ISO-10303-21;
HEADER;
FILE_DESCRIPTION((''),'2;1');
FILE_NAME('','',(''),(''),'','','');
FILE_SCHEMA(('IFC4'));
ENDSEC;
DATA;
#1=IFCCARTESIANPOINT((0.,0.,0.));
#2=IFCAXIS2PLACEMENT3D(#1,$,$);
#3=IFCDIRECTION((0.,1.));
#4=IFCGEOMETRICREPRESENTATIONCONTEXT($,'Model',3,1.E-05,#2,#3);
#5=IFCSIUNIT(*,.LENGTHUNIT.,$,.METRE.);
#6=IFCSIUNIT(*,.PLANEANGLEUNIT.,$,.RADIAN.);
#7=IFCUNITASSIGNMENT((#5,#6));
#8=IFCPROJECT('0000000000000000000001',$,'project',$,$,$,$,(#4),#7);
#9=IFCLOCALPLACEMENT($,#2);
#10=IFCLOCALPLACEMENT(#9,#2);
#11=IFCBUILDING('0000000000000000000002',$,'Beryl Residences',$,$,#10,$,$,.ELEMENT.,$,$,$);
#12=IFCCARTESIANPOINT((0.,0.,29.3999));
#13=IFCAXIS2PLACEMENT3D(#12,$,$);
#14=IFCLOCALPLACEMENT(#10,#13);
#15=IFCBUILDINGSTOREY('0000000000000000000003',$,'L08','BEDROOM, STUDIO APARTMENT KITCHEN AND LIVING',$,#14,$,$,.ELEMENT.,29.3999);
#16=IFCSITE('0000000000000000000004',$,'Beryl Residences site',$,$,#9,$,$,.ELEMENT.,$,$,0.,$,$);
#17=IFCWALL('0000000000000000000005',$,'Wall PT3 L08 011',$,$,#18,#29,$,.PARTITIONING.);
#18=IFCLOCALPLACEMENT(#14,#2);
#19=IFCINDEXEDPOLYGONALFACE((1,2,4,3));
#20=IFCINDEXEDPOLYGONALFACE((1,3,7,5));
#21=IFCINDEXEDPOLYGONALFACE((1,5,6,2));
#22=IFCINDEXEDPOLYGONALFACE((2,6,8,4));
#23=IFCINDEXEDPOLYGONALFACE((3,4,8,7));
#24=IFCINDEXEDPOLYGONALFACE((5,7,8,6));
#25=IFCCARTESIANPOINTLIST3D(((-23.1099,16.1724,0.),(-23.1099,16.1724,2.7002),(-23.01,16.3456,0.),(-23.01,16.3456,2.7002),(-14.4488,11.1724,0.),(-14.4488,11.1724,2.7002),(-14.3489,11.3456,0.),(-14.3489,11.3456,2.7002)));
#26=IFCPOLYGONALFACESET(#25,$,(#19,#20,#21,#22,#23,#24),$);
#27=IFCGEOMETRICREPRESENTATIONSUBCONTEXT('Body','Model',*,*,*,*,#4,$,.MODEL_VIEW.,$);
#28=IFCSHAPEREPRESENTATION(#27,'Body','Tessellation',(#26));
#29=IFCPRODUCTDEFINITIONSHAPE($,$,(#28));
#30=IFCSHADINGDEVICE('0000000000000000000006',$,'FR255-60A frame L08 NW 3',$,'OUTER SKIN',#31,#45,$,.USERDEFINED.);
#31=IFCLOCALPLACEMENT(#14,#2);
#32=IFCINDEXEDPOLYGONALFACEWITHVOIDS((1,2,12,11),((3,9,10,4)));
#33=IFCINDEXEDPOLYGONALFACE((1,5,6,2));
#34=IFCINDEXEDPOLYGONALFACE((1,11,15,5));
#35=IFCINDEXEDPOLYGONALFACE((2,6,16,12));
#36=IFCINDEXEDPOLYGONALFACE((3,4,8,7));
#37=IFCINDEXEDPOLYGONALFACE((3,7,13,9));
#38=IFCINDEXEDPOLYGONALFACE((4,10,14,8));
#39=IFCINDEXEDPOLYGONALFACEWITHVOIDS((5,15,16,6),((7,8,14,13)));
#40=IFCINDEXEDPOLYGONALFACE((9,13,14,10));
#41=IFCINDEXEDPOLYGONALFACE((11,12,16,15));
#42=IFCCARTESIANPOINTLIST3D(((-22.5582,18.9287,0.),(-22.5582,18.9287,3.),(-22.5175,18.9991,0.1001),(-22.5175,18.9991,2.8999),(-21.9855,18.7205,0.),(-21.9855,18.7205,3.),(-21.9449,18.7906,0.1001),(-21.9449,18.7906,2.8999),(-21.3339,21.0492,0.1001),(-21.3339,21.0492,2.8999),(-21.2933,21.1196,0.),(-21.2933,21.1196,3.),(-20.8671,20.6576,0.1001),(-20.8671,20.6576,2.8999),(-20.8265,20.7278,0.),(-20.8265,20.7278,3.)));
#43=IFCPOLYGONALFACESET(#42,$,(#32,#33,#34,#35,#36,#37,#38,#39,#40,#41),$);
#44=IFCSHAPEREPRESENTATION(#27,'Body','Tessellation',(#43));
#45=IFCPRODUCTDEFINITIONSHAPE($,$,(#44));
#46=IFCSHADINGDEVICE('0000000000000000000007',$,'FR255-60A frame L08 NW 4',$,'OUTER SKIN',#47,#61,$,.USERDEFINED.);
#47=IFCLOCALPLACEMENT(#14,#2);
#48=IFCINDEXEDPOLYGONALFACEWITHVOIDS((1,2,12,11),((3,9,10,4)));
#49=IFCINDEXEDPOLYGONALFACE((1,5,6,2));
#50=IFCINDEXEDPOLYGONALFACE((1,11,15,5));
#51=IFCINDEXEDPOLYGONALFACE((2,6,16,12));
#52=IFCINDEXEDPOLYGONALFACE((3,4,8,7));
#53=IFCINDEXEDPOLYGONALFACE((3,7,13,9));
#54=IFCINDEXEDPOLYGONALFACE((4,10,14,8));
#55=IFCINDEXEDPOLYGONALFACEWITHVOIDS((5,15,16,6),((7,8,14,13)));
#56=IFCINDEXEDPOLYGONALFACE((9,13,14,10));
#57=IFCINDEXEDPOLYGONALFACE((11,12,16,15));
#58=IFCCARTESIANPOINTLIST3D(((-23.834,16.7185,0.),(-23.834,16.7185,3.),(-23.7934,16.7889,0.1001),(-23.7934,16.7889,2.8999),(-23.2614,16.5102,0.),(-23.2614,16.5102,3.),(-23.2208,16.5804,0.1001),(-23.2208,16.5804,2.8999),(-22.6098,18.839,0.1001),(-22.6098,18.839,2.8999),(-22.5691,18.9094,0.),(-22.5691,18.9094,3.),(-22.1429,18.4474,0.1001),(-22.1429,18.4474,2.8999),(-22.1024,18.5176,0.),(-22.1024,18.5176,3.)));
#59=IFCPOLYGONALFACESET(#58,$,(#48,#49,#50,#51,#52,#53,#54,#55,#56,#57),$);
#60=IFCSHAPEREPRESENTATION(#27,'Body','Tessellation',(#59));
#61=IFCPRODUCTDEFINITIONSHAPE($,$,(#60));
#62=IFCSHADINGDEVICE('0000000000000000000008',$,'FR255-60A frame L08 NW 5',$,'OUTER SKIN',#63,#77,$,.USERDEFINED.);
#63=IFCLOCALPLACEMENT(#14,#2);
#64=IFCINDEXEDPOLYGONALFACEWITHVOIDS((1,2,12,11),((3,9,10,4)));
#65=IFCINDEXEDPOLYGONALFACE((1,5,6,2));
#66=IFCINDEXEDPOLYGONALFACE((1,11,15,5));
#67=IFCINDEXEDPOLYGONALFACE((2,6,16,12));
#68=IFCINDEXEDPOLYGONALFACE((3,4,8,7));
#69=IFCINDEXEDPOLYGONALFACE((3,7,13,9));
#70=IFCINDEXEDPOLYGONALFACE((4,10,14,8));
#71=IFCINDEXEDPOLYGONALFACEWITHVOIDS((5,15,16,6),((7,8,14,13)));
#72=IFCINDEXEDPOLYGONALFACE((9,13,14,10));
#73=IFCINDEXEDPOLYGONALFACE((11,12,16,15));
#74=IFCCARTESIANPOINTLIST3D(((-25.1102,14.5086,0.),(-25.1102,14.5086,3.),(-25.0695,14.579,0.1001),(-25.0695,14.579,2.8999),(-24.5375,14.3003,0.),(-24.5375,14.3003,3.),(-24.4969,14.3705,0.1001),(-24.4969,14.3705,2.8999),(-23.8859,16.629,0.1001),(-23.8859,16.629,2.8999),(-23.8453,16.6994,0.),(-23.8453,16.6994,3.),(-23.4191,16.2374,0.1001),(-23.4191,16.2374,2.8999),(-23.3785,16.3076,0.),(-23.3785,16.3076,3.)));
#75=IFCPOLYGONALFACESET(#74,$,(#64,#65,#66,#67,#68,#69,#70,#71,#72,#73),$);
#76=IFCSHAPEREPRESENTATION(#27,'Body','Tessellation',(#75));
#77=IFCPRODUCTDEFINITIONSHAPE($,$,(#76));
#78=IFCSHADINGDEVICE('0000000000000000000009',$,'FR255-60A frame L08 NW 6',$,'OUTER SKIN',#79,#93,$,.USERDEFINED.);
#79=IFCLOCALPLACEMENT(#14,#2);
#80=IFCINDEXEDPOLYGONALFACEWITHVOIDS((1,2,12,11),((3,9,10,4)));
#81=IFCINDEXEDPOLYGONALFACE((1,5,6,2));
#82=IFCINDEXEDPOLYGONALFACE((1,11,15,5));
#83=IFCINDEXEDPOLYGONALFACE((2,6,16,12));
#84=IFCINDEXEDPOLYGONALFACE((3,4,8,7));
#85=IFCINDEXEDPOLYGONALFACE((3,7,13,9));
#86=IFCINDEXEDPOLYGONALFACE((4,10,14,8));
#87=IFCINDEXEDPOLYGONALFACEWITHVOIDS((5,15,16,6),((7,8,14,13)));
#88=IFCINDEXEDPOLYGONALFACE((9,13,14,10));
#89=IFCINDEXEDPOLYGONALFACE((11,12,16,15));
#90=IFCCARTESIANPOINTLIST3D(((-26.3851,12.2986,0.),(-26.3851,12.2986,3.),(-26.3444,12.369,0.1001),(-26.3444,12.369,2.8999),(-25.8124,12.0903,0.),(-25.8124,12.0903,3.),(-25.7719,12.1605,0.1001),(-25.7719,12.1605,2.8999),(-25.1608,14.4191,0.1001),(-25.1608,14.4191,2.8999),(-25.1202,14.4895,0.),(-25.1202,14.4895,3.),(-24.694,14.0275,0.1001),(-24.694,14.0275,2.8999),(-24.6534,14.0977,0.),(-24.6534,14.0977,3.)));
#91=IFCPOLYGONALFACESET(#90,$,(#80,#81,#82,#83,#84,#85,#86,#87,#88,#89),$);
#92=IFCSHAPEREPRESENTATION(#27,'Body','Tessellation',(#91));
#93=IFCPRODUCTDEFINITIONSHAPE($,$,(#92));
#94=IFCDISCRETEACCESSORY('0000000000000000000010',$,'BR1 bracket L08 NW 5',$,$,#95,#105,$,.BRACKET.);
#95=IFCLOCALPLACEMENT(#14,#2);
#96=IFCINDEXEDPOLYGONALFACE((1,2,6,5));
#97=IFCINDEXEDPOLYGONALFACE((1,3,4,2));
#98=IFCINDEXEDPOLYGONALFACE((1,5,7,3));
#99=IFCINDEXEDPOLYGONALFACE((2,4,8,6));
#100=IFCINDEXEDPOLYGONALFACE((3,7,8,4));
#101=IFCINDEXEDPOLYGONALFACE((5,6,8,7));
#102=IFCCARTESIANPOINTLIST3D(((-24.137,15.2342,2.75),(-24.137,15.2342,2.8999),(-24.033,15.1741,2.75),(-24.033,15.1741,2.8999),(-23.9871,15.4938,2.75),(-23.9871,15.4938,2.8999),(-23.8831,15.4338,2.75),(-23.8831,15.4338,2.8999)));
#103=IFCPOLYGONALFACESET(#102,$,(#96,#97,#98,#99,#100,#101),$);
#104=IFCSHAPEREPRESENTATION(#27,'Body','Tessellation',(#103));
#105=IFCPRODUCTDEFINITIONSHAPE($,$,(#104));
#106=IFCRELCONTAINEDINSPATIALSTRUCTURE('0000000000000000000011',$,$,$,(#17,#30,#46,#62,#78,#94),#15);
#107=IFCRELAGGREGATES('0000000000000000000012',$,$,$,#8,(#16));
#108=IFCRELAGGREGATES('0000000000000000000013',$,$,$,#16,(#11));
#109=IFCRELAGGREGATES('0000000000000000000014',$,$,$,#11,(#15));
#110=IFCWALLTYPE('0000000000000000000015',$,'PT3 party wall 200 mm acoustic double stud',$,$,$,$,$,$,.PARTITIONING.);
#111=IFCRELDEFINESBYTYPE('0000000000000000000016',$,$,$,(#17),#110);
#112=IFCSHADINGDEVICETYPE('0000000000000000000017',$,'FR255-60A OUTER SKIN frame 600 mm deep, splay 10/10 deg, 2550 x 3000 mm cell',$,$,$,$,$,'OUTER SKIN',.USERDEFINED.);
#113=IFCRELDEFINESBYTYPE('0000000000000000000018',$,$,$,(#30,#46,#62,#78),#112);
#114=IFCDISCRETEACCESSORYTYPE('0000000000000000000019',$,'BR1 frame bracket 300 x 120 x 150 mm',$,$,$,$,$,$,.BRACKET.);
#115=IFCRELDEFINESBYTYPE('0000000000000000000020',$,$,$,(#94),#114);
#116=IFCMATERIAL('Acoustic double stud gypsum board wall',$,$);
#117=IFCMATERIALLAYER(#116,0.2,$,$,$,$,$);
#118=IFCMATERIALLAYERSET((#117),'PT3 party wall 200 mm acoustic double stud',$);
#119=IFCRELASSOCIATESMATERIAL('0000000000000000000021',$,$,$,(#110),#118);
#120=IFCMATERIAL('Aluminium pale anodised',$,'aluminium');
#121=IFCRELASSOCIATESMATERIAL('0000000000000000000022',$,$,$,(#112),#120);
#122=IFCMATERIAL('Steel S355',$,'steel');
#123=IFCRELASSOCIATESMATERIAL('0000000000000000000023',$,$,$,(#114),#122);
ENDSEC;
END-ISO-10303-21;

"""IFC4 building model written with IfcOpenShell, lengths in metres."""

from ifc_helpers import new_model, entity, si_unit, direction, frame, frame_2d, origin, place, context, subcontext, project, spatial, polyline, rectangle, outline, extrude, source, transform, mapped, material, layer, layer_set, type_object, type_shapes, element, save


model = new_model("IFC4")

# Units and contexts
model_context = context("Model", 3, precision=1e-05, world=origin(), true_north=direction((0.0, 1.0)))
body_context = subcontext(model_context, "Body", "Model", "MODEL_VIEW")
ifc_project = project(units=[si_unit("LENGTHUNIT", "METRE"), si_unit("PLANEANGLEUNIT", "RADIAN")], contexts=[model_context])

# Site, building, storey
site_placement = place(None, origin())
site = spatial("IfcSite", under=ifc_project, at=site_placement, Name="Beryl Residences site", CompositionType="ELEMENT", RefElevation=0.0)
building_placement = place(site_placement, origin())
building = spatial("IfcBuilding", under=site, at=building_placement, Name="Beryl Residences", CompositionType="ELEMENT")
storey_placement = place(building_placement, frame((0.0, 0.0, 29.3999)))
storey = spatial("IfcBuildingStorey", under=building, at=storey_placement, Name="L08", Description="BEDROOM, STUDIO APARTMENT KITCHEN AND LIVING", CompositionType="ELEMENT", Elevation=29.3999)

# Wall
ifc_material_1 = material(Name="Acoustic double stud gypsum board wall")
ifc_layer_1 = layer(ifc_material_1, 0.2)
ifc_layer_set_1 = layer_set([ifc_layer_1], Name="PT3 party wall 200 mm acoustic double stud")
wall_type_1 = type_object("IfcWallType", Name="PT3 party wall 200 mm acoustic double stud", PredefinedType="PARTITIONING", material=ifc_layer_set_1)
wall_1_placement = place(storey_placement, frame((-23.0601, 16.259, 0.0), z_axis=(0.0, 0.0, 1.0), x_axis=(0.866047, -0.499962, 0.0)))
element("IfcWall", 1, at=wall_1_placement, inside=storey, type_object=wall_type_1, Name="Wall PT3 L08 011", PredefinedType="PARTITIONING", context=body_context, shape_type="SweptSolid", body=[
    extrude(rectangle(XDim=10.0007, YDim=0.2, at=frame_2d((5.0005, 0.0))), origin(), (0.0, 0.0, 1.0), 2.7002),
])

# Shading devices
ifc_material_2 = material(Name="Aluminium pale anodised", Category="aluminium")
shading_device_type = type_object("IfcShadingDeviceType", Name="FR255-60A OUTER SKIN frame 600 mm deep, splay 10/10 deg, 2550 x 3000 mm cell", ElementType="OUTER SKIN", PredefinedType="USERDEFINED", material=ifc_material_2)
cartesian_point_1 = entity("IfcCartesianPoint", [-1.1589, 0.0])
cartesian_point_2 = entity("IfcCartesianPoint", [-1.0779, 0.1001])
cartesian_point_3 = entity("IfcCartesianPoint", [-1.2649, 0.0])
cartesian_point_4 = entity("IfcCartesianPoint", [-1.1836, 0.1001])
shared_shape_1 = source(origin(), body_context, "Body", "SweptSolid", [
    entity("IfcExtrudedAreaSolidTapered", entity("IfcArbitraryProfileDefWithVoids", "AREA", None, entity("IfcPolyline", [cartesian_point_1, entity("IfcCartesianPoint", [1.1589, 0.0]), entity("IfcCartesianPoint", [1.1589, 3.0]), entity("IfcCartesianPoint", [-1.1589, 3.0]), cartesian_point_1]), [entity("IfcPolyline", [cartesian_point_2, entity("IfcCartesianPoint", [1.0779, 0.1001]), entity("IfcCartesianPoint", [1.0779, 2.8999]), entity("IfcCartesianPoint", [-1.0779, 2.8999]), cartesian_point_2])]), entity("IfcAxis2Placement3D", entity("IfcCartesianPoint", [0.0, 0.0, 0.0]), entity("IfcDirection", [0.0, 1.0, 0.0]), entity("IfcDirection", [-1.0, 0.0, 0.0])), entity("IfcDirection", [0.0, 0.0, 1.0]), 0.6001, entity("IfcArbitraryProfileDefWithVoids", "AREA", None, entity("IfcPolyline", [cartesian_point_3, entity("IfcCartesianPoint", [1.2649, 0.0]), entity("IfcCartesianPoint", [1.2649, 3.0]), entity("IfcCartesianPoint", [-1.2649, 3.0]), cartesian_point_3]), [entity("IfcPolyline", [cartesian_point_4, entity("IfcCartesianPoint", [1.1836, 0.1001]), entity("IfcCartesianPoint", [1.1836, 2.8999]), entity("IfcCartesianPoint", [-1.1836, 2.8999]), cartesian_point_4])])),
])
type_shapes(shading_device_type, [shared_shape_1])
for number, where, z_axis, x_axis, name in (
    (2, (-21.406, 19.7241, 0.0), (0.0, 0.0, 1.0), (0.5, 0.866025, 0.0), "FR255-60A frame L08 NW 3"),
    (3, (-22.6819, 17.5139, 0.0), (0.0, 0.0, 1.0), (0.5, 0.866025, 0.0), "FR255-60A frame L08 NW 4"),
    (4, (-23.958, 15.304, 0.0), (0.0, 0.0, 1.0), (0.5, 0.866025, 0.0), "FR255-60A frame L08 NW 5"),
    (5, (-25.2329, 13.094, 0.0), (0.0, 0.0, 1.0), (0.5, 0.866025, 0.0), "FR255-60A frame L08 NW 6"),
):
    element("IfcShadingDevice", number, at=place(storey_placement, frame(where, z_axis=z_axis, x_axis=x_axis)), inside=storey, type_object=shading_device_type, Name=name, ObjectType="OUTER SKIN", PredefinedType="USERDEFINED", context=body_context, shape_type="MappedRepresentation", body=[
        mapped(shared_shape_1, transform((0.0, 0.0, 0.0))),
    ])

# Discrete accessory
ifc_material_3 = material(Name="Steel S355", Category="steel")
discrete_accessory_type = type_object("IfcDiscreteAccessoryType", Name="BR1 frame bracket 300 x 120 x 150 mm", PredefinedType="BRACKET", material=ifc_material_3)
shared_shape_2 = source(origin(), body_context, "Body", "SweptSolid", [
    extrude(outline(polyline([(-0.1499, 0.0), (0.1499, 0.0), (0.1499, 0.1201), (-0.1499, 0.1201), (-0.1499, 0.0)])), origin(), (0.0, 0.0, 1.0), 0.1499),
])
type_shapes(discrete_accessory_type, [shared_shape_2])
discrete_accessory_placement = place(storey_placement, frame((-23.958, 15.304, 2.75), z_axis=(0.0, 0.0, 1.0), x_axis=(0.5, 0.866025, 0.0)))
element("IfcDiscreteAccessory", 6, at=discrete_accessory_placement, inside=storey, type_object=discrete_accessory_type, Name="BR1 bracket L08 NW 5", PredefinedType="BRACKET", context=body_context, shape_type="MappedRepresentation", body=[
    mapped(shared_shape_2, transform((0.0, 0.0, 0.0))),
])

save(model, "model.ifc")
